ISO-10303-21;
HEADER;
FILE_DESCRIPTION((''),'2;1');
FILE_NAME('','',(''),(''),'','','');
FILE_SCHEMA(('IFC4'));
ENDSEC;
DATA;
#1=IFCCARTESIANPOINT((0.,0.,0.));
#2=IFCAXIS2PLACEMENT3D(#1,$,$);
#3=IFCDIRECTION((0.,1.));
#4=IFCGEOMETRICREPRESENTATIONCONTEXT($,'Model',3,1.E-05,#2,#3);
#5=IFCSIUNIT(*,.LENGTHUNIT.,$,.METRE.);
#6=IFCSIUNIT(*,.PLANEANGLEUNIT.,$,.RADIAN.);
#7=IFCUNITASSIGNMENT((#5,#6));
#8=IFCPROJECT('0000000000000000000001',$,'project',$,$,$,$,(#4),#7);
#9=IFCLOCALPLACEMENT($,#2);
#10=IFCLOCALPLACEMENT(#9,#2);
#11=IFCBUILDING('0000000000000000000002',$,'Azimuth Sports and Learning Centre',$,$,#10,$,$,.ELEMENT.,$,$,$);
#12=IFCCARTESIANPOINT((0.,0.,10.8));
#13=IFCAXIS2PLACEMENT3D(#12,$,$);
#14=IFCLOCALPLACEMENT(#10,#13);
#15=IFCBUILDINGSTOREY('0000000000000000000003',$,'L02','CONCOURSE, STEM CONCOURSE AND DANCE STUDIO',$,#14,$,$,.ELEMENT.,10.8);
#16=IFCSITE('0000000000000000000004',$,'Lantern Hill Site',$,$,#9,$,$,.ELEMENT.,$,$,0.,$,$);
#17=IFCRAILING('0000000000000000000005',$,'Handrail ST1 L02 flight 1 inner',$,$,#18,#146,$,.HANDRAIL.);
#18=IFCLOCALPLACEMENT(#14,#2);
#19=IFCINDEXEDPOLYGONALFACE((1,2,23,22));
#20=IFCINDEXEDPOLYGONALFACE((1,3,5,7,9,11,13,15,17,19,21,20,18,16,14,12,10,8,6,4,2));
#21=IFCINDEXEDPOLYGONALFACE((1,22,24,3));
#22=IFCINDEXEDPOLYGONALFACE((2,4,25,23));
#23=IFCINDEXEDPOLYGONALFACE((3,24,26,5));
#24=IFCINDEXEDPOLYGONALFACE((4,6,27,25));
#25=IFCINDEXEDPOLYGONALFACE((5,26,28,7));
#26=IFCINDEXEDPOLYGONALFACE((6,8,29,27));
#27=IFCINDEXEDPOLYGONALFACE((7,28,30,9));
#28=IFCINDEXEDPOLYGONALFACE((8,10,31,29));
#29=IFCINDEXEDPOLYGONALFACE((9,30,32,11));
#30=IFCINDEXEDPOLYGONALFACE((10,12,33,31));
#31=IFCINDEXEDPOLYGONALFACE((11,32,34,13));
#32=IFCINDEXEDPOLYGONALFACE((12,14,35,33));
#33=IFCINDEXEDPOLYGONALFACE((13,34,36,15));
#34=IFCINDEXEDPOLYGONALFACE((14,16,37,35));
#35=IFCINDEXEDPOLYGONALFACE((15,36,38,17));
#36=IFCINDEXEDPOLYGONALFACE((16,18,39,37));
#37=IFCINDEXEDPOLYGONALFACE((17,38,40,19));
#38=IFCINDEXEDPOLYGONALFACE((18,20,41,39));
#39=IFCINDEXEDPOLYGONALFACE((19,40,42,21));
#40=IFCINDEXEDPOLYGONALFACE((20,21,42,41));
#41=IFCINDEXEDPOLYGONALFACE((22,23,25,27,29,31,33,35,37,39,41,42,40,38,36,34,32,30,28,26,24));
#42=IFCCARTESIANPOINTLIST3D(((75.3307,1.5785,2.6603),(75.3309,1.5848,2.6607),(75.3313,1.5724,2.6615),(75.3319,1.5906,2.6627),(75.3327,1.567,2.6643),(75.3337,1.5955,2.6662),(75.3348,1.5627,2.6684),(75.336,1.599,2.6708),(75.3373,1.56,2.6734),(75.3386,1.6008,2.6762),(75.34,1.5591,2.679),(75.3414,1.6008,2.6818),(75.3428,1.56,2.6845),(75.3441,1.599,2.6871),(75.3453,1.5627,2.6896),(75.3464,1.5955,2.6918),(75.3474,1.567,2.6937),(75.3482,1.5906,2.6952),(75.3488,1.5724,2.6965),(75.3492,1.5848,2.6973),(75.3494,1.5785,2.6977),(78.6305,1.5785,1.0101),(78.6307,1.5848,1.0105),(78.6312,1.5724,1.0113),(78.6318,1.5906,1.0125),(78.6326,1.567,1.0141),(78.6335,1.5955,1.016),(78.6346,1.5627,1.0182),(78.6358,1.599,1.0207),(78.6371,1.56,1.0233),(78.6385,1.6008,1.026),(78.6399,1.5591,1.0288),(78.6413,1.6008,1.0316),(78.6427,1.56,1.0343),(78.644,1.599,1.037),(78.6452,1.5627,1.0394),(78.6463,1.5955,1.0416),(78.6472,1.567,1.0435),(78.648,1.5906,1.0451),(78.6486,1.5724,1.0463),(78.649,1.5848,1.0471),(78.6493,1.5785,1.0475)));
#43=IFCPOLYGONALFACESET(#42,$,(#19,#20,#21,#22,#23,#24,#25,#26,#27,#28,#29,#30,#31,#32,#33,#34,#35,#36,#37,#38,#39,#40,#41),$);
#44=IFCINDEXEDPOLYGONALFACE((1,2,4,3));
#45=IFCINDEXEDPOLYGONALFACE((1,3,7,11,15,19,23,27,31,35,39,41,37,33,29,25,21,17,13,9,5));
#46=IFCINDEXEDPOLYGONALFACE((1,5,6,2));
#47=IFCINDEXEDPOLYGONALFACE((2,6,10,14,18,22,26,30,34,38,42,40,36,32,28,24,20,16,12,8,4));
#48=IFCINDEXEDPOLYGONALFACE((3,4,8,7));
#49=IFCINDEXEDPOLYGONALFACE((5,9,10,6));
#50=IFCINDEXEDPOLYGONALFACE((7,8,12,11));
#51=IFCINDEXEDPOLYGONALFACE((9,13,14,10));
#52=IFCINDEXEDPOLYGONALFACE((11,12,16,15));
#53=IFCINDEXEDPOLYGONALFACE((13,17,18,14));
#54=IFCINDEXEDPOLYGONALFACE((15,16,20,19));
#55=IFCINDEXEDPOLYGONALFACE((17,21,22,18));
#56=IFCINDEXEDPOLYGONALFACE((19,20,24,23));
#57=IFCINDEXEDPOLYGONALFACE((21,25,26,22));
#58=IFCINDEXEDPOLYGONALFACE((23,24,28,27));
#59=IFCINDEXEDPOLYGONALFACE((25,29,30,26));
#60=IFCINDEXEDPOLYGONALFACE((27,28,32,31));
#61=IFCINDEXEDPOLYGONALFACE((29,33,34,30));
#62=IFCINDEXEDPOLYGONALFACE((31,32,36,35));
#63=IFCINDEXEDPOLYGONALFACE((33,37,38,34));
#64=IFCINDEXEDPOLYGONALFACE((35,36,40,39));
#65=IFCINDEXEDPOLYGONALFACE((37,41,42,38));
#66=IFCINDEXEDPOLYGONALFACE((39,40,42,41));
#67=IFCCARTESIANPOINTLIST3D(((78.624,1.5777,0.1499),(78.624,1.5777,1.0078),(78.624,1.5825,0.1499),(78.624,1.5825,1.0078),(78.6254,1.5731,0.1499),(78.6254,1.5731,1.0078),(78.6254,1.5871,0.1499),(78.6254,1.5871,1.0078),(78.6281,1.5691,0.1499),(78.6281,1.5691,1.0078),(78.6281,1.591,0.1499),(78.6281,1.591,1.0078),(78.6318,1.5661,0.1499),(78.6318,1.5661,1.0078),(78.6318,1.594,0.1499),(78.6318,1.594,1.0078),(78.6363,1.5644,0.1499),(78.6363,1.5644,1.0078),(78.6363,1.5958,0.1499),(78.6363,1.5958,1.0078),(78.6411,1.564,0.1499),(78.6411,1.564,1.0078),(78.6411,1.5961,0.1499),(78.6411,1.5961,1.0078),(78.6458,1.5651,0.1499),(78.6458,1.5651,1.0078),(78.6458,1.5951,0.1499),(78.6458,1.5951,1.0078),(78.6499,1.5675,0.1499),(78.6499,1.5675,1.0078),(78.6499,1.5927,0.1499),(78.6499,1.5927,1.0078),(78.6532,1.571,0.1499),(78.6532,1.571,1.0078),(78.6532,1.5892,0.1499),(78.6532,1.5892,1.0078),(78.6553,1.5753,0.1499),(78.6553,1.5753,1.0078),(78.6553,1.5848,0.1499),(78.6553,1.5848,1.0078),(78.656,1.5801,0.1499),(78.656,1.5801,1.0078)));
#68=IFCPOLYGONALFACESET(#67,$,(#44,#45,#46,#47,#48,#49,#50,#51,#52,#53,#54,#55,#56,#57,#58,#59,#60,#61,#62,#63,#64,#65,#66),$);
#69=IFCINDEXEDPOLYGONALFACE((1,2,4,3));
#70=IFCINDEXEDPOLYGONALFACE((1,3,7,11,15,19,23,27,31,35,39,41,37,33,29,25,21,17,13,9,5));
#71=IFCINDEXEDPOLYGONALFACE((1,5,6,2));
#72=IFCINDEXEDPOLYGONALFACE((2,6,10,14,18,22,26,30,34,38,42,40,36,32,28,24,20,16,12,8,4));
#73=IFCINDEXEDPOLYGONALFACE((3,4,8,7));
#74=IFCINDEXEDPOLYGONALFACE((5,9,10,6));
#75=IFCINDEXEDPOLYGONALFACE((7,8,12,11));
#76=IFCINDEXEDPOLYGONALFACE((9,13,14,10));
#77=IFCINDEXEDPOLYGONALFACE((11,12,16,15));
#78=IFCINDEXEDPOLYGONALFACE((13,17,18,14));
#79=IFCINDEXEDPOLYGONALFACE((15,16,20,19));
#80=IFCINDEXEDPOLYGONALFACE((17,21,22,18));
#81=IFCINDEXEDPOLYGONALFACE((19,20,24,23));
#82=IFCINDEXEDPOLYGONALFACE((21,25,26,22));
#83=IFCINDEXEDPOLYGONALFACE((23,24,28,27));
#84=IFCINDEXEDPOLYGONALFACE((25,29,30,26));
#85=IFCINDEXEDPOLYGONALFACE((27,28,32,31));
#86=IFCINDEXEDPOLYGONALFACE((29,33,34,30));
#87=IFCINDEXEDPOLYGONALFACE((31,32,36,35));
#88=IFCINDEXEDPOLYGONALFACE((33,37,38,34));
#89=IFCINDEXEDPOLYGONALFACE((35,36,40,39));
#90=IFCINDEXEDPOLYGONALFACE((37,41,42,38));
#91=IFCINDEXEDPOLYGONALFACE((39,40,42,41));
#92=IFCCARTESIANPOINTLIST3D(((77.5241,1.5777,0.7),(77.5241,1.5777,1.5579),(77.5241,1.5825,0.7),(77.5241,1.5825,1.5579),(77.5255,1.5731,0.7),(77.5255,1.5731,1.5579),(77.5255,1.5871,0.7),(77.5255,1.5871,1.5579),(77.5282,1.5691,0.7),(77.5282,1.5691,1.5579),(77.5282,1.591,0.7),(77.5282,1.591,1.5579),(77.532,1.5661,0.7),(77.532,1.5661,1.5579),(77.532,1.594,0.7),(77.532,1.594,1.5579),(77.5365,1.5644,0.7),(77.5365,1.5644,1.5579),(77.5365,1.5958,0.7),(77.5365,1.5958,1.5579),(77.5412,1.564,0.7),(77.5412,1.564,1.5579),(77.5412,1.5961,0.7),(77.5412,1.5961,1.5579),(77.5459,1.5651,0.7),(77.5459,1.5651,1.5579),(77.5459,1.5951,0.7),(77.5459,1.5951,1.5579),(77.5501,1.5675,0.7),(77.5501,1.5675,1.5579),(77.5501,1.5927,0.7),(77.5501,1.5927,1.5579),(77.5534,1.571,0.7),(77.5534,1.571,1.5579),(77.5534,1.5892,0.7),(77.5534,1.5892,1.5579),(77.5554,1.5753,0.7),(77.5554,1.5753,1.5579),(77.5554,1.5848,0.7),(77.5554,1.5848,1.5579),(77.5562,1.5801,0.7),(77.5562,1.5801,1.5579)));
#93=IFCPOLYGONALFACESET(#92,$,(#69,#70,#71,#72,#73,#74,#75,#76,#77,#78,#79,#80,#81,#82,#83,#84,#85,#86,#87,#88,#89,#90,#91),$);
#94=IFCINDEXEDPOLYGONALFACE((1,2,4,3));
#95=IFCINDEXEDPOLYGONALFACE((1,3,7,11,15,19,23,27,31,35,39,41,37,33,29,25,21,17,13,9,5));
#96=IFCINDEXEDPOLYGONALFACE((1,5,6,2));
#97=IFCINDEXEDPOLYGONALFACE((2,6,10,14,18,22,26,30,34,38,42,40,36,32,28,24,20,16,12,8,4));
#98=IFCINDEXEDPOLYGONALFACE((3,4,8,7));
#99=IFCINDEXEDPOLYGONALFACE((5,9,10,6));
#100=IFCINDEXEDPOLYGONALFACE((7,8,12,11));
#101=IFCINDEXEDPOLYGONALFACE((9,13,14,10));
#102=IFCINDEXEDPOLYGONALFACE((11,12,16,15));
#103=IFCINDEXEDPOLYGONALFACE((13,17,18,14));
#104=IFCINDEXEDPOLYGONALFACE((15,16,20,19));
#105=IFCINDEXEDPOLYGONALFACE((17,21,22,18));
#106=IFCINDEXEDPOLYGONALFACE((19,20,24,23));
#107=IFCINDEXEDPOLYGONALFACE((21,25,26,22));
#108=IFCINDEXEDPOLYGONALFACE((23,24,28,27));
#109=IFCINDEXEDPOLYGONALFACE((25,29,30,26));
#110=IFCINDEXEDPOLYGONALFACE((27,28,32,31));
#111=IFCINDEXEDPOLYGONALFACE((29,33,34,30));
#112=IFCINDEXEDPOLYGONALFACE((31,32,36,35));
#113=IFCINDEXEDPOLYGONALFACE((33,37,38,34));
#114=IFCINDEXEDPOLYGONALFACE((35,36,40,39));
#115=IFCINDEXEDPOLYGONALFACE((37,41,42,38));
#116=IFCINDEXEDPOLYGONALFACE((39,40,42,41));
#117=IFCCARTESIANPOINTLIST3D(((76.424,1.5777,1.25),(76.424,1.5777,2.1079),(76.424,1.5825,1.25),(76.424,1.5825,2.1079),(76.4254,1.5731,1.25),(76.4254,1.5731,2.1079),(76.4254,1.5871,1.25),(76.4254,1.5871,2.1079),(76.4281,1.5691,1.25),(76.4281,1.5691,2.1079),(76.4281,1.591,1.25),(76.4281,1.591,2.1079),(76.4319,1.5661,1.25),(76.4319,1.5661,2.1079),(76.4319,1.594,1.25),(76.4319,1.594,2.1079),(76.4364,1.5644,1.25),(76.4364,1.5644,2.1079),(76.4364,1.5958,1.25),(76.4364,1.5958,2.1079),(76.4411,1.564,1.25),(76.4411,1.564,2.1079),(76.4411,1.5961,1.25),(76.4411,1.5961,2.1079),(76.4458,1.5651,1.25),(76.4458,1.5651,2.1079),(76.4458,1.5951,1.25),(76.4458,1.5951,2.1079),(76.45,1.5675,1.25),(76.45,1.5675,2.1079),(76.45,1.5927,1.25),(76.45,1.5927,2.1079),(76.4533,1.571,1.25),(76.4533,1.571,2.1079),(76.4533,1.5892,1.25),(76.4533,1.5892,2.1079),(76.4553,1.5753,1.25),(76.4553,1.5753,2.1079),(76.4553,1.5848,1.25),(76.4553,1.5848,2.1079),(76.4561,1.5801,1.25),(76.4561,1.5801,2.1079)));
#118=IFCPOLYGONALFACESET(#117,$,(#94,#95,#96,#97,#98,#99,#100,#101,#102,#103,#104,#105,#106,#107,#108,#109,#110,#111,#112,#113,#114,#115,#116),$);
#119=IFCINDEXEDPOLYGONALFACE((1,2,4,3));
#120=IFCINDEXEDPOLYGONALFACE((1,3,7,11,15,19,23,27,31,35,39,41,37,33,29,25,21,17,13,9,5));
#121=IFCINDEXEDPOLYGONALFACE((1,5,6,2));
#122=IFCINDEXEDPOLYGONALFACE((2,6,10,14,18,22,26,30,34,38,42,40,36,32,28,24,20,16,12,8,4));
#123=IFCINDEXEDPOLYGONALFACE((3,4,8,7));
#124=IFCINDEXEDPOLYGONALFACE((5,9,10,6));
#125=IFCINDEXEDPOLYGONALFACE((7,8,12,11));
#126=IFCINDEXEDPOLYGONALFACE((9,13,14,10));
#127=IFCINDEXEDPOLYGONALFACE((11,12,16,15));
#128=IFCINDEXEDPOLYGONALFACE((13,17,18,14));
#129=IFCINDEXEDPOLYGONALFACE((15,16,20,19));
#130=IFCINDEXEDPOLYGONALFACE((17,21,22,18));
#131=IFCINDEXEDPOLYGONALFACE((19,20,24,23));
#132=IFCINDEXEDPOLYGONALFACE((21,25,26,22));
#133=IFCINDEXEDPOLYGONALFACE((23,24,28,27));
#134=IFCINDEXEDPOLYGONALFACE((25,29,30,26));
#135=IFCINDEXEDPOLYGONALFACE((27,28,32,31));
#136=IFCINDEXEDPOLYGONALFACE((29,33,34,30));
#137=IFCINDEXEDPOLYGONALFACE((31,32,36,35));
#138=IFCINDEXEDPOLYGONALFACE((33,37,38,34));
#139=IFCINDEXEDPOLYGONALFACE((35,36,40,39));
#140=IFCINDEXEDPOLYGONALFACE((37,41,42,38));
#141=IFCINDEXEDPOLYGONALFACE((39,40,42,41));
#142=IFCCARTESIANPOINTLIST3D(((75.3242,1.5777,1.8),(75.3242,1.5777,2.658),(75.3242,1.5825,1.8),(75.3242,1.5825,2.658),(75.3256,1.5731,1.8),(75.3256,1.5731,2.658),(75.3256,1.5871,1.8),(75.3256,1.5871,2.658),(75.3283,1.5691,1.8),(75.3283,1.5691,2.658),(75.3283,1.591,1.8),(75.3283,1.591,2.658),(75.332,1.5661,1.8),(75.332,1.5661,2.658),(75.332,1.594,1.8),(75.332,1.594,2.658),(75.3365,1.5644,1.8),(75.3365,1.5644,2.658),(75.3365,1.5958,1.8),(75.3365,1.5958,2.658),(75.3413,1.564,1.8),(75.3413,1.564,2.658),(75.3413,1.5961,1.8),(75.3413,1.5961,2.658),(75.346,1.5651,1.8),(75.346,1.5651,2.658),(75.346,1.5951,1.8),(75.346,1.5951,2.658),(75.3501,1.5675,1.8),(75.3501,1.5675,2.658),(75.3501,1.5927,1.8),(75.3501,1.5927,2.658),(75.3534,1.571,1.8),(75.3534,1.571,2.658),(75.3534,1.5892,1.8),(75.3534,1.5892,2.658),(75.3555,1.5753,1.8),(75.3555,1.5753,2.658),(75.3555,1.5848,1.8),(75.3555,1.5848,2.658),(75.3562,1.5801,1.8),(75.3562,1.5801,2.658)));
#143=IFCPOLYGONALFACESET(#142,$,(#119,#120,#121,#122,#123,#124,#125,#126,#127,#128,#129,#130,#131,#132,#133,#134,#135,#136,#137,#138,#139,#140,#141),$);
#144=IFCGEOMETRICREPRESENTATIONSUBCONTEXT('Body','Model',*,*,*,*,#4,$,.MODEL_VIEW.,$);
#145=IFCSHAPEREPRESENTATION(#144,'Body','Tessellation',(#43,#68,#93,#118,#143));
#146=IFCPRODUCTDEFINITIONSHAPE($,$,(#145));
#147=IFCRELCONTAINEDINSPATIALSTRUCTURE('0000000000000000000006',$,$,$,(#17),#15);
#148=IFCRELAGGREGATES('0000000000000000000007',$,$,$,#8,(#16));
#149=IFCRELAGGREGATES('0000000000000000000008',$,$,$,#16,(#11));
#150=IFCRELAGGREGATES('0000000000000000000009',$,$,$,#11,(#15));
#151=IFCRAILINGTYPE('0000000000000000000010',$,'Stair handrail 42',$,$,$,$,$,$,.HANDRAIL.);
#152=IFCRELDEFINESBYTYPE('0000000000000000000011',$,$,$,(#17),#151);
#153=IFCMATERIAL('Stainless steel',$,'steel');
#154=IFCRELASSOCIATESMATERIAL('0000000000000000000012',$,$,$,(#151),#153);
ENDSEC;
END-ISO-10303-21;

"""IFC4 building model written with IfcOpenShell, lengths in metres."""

from ifc_helpers import new_model, si_unit, direction, frame, origin, origin_2d, place, context, subcontext, project, spatial, circle, extrude, material, type_object, element, save


model = new_model("IFC4")

# Units and contexts
model_context = context("Model", 3, precision=1e-05, world=origin(), true_north=direction((0.0, 1.0)))
body_context = subcontext(model_context, "Body", "Model", "MODEL_VIEW")
ifc_project = project(units=[si_unit("LENGTHUNIT", "METRE"), si_unit("PLANEANGLEUNIT", "RADIAN")], contexts=[model_context])

# Site, building, storey
site_placement = place(None, origin())
site = spatial("IfcSite", under=ifc_project, at=site_placement, Name="Lantern Hill Site", CompositionType="ELEMENT", RefElevation=0.0)
building_placement = place(site_placement, origin())
building = spatial("IfcBuilding", under=site, at=building_placement, Name="Azimuth Sports and Learning Centre", CompositionType="ELEMENT")
storey_placement = place(building_placement, frame((0.0, 0.0, 10.8)))
storey = spatial("IfcBuildingStorey", under=building, at=storey_placement, Name="L02", Description="CONCOURSE, STEM CONCOURSE AND DANCE STUDIO", CompositionType="ELEMENT", Elevation=10.8)

# Railing
ifc_material_1 = material(Name="Stainless steel", Category="steel")
railing_type_1 = type_object("IfcRailingType", Name="Stair handrail 42", PredefinedType="HANDRAIL", material=ifc_material_1)
for number, where, name in (
    (1, (78.6399, 1.5801, 0.1499), "Handrail ST1 L02 flight 1 inner"),
):
    element("IfcRailing", number, at=place(storey_placement, frame(where)), inside=storey, type_object=railing_type_1, Name=name, PredefinedType="HANDRAIL", context=body_context, shape_type="SweptSolid", body=[
        extrude(circle(Radius=0.021, at=origin_2d()), frame((0.0, 0.0, 0.8789), z_axis=(-0.894401, 0.0, 0.447267), x_axis=(0.0, -1.0, 0.0)), (0.0, 0.0, 1.0), 3.6895),
        extrude(circle(Radius=0.0161, at=origin_2d()), origin(), (0.0, 0.0, 1.0), 0.8579),
        extrude(circle(Radius=0.0161, at=origin_2d()), frame((-1.0999, 0.0, 0.55)), (0.0, 0.0, 1.0), 0.8579),
        extrude(circle(Radius=0.0161, at=origin_2d()), frame((-2.2, 0.0, 1.1001)), (0.0, 0.0, 1.0), 0.8579),
        extrude(circle(Radius=0.0161, at=origin_2d()), frame((-3.2998, 0.0, 1.6501)), (0.0, 0.0, 1.0), 0.8579),
    ])

save(model, "model.ifc")
